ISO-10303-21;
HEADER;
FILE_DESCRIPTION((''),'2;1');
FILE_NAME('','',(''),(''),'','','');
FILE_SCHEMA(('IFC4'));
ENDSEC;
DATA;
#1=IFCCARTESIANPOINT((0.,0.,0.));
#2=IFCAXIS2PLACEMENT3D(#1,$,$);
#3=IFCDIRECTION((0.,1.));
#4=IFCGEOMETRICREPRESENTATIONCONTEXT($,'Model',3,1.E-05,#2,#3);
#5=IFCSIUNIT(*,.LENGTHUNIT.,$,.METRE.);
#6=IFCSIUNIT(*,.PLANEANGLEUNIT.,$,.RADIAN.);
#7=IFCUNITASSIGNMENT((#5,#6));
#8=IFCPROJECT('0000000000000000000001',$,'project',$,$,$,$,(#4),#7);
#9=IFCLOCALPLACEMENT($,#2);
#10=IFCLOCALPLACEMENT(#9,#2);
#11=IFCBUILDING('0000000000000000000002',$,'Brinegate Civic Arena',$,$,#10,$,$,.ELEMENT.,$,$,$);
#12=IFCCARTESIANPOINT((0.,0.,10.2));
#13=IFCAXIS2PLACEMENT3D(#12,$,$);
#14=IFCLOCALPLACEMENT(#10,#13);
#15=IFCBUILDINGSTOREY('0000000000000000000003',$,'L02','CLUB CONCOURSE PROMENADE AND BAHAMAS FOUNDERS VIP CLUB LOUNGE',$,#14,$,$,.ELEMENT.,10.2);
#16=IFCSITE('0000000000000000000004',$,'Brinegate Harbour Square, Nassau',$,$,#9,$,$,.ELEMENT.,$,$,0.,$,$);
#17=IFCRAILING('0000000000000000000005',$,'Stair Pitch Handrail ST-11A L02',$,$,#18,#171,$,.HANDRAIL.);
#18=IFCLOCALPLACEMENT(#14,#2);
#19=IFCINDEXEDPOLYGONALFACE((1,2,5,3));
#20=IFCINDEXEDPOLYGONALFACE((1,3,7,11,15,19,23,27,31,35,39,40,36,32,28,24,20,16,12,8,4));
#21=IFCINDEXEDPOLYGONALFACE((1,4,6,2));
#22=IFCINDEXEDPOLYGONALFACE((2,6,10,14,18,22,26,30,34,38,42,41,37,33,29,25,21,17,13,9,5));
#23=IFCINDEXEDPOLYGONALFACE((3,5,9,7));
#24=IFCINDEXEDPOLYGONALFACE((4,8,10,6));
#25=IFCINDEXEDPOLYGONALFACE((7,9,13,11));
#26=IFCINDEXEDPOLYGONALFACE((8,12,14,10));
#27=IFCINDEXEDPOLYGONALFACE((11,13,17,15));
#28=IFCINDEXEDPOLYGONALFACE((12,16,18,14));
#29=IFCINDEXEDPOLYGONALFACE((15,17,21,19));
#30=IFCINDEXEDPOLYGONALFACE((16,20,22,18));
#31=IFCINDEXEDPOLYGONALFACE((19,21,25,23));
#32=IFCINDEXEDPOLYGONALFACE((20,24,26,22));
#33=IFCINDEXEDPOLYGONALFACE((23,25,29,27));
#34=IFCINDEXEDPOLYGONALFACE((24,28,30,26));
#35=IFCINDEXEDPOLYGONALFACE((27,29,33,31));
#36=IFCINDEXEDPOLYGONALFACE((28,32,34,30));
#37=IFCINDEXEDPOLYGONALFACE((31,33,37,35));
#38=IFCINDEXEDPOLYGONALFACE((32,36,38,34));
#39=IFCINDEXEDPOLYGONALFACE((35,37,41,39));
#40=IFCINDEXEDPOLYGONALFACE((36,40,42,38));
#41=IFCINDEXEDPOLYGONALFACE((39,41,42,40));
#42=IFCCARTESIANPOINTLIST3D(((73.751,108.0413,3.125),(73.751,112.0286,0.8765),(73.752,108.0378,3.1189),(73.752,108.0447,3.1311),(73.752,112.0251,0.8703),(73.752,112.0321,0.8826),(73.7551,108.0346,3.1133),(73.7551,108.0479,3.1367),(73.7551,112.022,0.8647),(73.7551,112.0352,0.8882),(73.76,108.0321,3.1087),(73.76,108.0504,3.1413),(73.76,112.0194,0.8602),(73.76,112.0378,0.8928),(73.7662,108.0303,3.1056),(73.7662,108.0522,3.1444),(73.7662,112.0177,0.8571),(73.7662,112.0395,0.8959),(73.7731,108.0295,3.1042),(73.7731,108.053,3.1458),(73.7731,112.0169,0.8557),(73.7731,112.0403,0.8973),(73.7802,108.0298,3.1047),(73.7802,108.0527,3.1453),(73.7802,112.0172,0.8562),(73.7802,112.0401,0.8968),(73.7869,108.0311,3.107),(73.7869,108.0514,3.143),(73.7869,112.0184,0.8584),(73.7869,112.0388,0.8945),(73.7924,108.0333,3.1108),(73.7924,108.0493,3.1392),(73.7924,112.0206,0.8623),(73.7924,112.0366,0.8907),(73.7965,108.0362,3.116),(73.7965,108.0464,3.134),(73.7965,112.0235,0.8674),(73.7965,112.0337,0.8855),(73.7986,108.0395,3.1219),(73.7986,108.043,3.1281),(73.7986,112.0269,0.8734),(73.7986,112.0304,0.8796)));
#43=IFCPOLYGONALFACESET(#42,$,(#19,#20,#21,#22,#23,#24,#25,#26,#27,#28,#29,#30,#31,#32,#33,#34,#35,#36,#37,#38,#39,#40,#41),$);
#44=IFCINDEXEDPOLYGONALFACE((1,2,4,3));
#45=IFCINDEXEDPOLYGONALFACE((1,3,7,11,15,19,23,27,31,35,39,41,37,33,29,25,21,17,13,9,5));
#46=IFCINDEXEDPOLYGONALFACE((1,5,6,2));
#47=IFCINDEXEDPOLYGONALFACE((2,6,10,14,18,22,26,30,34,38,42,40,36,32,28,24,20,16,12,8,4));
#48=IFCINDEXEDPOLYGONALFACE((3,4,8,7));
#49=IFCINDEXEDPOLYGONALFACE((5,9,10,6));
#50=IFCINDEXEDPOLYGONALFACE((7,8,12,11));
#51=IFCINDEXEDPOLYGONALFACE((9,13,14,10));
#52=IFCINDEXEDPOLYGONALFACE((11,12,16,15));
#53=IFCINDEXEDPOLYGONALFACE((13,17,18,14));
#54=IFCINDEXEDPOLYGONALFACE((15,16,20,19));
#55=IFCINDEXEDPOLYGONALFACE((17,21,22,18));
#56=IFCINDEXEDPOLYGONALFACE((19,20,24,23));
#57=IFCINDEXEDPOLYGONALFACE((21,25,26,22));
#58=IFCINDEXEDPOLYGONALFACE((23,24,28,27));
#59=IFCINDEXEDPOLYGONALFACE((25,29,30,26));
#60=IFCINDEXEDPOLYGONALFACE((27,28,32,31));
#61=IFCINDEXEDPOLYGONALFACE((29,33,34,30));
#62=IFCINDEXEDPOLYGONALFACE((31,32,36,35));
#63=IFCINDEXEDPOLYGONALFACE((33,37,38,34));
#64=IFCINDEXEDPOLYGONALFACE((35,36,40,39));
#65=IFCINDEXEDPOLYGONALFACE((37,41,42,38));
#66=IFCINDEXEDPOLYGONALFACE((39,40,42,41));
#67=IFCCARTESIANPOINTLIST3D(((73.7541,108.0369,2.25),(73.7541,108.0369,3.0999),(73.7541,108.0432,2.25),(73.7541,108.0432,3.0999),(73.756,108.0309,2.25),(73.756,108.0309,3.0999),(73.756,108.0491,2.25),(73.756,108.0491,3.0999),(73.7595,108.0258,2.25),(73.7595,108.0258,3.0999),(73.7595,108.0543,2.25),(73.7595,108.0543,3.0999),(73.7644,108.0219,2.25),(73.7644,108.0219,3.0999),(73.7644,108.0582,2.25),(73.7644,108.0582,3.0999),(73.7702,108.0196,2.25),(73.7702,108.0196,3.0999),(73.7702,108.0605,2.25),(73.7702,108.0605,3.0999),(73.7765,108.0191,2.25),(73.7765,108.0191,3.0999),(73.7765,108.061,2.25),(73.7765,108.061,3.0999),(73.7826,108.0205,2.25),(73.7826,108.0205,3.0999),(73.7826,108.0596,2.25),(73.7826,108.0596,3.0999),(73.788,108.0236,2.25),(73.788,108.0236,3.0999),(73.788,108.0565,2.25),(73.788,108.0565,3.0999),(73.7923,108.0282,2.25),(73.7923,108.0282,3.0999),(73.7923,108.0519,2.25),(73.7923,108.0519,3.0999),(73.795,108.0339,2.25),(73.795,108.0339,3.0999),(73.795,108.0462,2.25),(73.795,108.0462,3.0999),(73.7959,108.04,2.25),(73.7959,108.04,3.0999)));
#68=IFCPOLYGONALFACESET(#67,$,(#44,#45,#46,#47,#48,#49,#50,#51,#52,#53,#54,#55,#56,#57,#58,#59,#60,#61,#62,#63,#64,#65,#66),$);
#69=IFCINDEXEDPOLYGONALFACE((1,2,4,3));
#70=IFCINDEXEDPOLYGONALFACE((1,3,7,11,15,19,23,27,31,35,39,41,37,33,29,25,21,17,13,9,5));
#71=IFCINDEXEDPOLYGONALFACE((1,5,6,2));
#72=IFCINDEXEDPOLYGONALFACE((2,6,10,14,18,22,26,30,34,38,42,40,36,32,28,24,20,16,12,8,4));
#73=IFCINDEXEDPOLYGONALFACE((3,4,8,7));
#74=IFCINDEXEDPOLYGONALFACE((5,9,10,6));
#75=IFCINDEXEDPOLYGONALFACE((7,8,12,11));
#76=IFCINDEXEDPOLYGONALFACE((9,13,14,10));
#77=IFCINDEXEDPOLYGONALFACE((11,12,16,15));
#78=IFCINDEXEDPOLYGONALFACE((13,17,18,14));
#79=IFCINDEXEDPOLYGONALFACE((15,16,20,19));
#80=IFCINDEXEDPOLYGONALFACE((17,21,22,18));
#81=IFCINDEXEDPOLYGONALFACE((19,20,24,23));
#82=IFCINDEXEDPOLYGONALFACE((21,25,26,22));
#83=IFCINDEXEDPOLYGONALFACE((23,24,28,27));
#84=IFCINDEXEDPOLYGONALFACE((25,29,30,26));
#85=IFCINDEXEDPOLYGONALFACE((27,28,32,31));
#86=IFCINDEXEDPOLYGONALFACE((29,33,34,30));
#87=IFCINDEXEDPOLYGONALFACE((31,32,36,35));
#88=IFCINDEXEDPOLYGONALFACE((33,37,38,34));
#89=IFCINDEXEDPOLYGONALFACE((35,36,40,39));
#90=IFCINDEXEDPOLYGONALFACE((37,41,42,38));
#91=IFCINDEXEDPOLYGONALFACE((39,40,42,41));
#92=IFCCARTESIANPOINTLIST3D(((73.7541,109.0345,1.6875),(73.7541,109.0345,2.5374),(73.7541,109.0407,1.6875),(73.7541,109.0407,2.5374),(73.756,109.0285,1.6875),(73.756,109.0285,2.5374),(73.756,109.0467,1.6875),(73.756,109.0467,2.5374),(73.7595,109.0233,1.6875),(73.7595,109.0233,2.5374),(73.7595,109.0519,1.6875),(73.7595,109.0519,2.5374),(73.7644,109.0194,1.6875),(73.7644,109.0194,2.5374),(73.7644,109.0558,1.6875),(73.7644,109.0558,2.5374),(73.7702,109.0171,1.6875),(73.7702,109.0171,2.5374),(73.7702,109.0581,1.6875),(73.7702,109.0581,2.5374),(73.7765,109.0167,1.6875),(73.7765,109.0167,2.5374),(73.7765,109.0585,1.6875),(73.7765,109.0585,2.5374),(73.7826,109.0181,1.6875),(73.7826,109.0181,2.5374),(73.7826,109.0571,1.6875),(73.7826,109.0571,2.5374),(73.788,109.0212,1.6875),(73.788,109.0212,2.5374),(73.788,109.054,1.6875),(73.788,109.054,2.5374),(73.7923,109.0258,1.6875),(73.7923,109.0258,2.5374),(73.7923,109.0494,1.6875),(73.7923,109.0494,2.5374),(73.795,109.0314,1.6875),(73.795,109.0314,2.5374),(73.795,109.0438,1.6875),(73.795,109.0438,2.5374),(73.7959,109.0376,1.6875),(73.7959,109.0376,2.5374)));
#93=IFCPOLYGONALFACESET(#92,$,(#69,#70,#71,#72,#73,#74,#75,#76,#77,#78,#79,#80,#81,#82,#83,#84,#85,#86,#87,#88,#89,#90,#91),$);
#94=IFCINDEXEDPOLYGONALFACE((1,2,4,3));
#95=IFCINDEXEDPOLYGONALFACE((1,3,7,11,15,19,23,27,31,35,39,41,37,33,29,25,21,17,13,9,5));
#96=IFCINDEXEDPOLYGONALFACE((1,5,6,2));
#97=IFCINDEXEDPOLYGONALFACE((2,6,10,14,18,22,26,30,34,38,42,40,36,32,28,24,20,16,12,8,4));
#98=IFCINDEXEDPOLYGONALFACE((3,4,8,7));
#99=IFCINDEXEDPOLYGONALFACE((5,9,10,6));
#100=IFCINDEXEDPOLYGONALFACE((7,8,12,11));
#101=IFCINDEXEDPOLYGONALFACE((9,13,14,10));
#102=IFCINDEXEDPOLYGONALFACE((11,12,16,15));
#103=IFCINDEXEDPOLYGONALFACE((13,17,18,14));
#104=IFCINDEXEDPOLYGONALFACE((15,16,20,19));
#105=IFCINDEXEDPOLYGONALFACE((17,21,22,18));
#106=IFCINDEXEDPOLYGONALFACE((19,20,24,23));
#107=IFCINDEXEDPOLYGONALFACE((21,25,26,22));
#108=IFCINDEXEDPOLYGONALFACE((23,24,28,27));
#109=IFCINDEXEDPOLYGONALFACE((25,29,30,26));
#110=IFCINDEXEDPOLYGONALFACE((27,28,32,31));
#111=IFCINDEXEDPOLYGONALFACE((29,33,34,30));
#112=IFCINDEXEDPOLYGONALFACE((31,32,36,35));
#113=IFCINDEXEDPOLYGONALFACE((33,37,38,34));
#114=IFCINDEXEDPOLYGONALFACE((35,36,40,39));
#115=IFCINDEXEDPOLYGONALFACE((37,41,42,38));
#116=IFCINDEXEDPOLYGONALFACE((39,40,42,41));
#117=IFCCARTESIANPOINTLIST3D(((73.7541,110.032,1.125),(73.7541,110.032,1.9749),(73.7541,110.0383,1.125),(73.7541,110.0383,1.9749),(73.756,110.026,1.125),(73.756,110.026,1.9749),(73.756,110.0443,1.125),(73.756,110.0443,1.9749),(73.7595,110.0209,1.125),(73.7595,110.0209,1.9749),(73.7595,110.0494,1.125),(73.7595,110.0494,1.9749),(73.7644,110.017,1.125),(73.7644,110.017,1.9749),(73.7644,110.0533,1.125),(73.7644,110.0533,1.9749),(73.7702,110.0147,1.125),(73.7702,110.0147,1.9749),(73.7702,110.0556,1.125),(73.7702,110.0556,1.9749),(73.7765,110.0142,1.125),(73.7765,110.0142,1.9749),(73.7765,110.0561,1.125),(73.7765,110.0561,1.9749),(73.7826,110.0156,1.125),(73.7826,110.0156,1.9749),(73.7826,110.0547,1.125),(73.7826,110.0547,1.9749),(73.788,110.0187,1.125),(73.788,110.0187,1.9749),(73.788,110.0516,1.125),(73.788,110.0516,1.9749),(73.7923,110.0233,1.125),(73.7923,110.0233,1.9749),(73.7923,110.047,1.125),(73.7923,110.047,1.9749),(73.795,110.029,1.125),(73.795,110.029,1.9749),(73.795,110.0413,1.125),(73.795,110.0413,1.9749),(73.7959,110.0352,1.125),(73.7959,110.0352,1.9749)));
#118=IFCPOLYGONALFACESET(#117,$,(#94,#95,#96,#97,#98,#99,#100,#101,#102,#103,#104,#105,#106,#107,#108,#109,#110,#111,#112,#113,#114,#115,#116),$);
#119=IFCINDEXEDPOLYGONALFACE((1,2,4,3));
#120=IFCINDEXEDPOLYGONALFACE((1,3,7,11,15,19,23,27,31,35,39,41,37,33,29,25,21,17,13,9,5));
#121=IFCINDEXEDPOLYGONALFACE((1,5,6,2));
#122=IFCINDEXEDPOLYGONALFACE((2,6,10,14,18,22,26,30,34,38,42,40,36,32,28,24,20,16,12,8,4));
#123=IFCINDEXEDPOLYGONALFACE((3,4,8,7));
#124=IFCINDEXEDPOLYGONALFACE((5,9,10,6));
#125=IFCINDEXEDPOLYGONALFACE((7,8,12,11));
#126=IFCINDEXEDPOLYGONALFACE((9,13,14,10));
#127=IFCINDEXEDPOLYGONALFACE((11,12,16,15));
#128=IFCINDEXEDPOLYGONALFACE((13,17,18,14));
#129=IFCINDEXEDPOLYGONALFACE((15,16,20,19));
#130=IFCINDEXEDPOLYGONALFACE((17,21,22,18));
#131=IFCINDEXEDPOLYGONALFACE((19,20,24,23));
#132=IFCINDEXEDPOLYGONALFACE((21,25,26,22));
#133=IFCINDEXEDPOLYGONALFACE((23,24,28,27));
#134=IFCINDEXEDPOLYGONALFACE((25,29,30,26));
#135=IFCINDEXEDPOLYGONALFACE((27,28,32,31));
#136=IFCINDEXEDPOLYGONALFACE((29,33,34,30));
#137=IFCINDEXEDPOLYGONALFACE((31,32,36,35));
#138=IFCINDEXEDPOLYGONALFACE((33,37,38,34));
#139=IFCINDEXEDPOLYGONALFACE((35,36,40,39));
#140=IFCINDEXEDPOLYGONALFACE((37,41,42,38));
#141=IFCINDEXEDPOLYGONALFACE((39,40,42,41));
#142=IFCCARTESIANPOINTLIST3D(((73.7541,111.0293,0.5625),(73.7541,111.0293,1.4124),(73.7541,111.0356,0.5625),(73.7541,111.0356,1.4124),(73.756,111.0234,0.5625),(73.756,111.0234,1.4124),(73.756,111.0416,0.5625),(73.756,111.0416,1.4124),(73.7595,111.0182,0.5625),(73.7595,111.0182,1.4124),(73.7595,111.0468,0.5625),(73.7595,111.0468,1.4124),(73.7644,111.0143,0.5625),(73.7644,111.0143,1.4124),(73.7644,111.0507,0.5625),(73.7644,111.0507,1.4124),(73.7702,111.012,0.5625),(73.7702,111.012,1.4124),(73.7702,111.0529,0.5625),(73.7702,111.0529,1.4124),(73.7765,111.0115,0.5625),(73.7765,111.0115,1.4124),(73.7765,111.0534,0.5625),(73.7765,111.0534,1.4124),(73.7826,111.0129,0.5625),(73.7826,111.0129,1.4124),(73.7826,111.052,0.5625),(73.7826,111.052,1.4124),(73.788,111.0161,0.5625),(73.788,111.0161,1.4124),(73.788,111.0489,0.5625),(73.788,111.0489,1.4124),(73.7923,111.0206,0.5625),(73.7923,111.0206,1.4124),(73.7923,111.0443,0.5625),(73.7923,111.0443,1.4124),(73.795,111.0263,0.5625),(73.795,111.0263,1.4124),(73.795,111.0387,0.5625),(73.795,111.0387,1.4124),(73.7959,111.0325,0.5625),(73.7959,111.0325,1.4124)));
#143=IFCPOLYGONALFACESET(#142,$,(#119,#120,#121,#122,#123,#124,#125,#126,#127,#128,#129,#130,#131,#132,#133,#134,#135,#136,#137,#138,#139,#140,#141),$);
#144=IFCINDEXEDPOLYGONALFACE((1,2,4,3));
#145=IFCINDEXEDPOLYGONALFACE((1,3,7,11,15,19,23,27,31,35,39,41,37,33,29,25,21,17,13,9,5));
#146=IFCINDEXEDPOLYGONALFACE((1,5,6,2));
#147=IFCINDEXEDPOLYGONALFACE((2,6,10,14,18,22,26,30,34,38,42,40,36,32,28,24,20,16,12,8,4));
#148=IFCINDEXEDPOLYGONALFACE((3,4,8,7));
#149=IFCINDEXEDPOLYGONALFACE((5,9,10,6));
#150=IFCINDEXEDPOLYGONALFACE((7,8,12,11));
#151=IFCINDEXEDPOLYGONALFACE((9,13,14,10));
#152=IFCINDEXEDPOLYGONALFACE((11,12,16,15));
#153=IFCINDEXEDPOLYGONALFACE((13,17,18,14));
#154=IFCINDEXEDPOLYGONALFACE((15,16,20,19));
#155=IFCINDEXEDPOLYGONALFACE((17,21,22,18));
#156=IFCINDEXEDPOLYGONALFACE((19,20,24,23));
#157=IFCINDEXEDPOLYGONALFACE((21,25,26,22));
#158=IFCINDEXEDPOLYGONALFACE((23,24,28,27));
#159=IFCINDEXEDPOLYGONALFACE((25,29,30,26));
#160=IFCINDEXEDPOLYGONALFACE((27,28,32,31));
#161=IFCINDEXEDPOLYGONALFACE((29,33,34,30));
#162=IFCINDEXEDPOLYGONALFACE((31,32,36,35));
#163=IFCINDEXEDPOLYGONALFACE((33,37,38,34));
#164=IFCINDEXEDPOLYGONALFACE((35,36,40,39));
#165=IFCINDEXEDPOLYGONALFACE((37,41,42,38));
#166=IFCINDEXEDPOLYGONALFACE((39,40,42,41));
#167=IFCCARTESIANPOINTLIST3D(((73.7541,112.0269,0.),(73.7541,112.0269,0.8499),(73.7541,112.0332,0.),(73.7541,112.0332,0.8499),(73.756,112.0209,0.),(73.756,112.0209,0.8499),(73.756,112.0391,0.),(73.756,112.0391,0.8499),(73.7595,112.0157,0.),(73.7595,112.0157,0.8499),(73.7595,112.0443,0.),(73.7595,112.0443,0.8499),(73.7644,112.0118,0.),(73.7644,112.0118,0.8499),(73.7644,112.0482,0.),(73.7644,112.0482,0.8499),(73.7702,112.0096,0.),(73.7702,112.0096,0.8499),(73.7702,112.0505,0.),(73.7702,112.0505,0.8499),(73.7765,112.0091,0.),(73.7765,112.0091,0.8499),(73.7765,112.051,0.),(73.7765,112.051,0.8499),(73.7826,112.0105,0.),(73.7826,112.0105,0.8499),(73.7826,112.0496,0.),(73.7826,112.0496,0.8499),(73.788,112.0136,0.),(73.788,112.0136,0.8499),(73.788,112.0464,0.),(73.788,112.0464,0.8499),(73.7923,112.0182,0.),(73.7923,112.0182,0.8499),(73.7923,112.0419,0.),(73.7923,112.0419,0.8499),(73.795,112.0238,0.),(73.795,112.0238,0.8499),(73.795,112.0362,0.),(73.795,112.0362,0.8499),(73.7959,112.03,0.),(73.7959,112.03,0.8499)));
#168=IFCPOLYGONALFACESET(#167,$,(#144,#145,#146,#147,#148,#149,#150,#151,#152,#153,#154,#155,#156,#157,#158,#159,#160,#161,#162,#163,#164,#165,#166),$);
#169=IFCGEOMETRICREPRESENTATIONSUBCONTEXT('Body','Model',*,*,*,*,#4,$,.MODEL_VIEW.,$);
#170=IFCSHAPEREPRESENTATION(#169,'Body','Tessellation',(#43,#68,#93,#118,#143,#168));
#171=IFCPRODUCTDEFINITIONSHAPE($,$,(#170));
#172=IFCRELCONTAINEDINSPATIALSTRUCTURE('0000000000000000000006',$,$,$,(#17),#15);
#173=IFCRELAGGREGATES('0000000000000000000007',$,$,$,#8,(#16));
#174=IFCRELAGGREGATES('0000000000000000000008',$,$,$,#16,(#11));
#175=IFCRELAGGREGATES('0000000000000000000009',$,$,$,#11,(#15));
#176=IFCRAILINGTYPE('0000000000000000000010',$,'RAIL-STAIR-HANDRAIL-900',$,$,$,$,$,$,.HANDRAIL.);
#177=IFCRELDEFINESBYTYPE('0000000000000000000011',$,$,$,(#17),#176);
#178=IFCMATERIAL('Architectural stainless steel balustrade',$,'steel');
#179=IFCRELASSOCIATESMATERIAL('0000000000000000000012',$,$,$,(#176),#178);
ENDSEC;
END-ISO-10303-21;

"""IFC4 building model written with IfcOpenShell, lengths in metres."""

from ifc_helpers import new_model, si_unit, direction, frame, origin, origin_2d, place, context, subcontext, project, spatial, circle, extrude, material, type_object, element, save


model = new_model("IFC4")

# Units and contexts
model_context = context("Model", 3, precision=1e-05, world=origin(), true_north=direction((0.0, 1.0)))
body_context = subcontext(model_context, "Body", "Model", "MODEL_VIEW")
ifc_project = project(units=[si_unit("LENGTHUNIT", "METRE"), si_unit("PLANEANGLEUNIT", "RADIAN")], contexts=[model_context])

# Site, building, storey
site_placement = place(None, origin())
site = spatial("IfcSite", under=ifc_project, at=site_placement, Name="Brinegate Harbour Square, Nassau", CompositionType="ELEMENT", RefElevation=0.0)
building_placement = place(site_placement, origin())
building = spatial("IfcBuilding", under=site, at=building_placement, Name="Brinegate Civic Arena", CompositionType="ELEMENT")
storey_placement = place(building_placement, frame((0.0, 0.0, 10.2)))
storey = spatial("IfcBuildingStorey", under=building, at=storey_placement, Name="L02", Description="CLUB CONCOURSE PROMENADE AND BAHAMAS FOUNDERS VIP CLUB LOUNGE", CompositionType="ELEMENT", Elevation=10.2)

# Railing
ifc_material_1 = material(Name="Architectural stainless steel balustrade", Category="steel")
railing_type_1 = type_object("IfcRailingType", Name="RAIL-STAIR-HANDRAIL-900", PredefinedType="HANDRAIL", material=ifc_material_1)
for number, where, name in (
    (1, (73.7749, 108.04, 2.25), "Stair Pitch Handrail ST-11A L02"),
):
    element("IfcRailing", number, at=place(storey_placement, frame(where)), inside=storey, type_object=railing_type_1, Name=name, PredefinedType="HANDRAIL", context=body_context, shape_type="SweptSolid", body=[
        extrude(circle(Radius=0.0239, at=origin_2d()), frame((0.0, 0.0012, 0.875), z_axis=(0.0, 0.87105, -0.491195), x_axis=(-1.0, 0.0, 0.0)), (0.0, 0.0, 1.0), 4.5776),
        extrude(circle(Radius=0.021, at=origin_2d()), origin(), (0.0, 0.0, 1.0), 0.8499),
        extrude(circle(Radius=0.021, at=origin_2d()), frame((0.0, 0.9976, -0.5625)), (0.0, 0.0, 1.0), 0.8499),
        extrude(circle(Radius=0.021, at=origin_2d()), frame((0.0, 1.9951, -1.125)), (0.0, 0.0, 1.0), 0.8499),
        extrude(circle(Radius=0.021, at=origin_2d()), frame((0.0, 2.9924, -1.6875)), (0.0, 0.0, 1.0), 0.8499),
        extrude(circle(Radius=0.021, at=origin_2d()), frame((0.0, 3.99, -2.25)), (0.0, 0.0, 1.0), 0.8499),
    ])

save(model, "model.ifc")
